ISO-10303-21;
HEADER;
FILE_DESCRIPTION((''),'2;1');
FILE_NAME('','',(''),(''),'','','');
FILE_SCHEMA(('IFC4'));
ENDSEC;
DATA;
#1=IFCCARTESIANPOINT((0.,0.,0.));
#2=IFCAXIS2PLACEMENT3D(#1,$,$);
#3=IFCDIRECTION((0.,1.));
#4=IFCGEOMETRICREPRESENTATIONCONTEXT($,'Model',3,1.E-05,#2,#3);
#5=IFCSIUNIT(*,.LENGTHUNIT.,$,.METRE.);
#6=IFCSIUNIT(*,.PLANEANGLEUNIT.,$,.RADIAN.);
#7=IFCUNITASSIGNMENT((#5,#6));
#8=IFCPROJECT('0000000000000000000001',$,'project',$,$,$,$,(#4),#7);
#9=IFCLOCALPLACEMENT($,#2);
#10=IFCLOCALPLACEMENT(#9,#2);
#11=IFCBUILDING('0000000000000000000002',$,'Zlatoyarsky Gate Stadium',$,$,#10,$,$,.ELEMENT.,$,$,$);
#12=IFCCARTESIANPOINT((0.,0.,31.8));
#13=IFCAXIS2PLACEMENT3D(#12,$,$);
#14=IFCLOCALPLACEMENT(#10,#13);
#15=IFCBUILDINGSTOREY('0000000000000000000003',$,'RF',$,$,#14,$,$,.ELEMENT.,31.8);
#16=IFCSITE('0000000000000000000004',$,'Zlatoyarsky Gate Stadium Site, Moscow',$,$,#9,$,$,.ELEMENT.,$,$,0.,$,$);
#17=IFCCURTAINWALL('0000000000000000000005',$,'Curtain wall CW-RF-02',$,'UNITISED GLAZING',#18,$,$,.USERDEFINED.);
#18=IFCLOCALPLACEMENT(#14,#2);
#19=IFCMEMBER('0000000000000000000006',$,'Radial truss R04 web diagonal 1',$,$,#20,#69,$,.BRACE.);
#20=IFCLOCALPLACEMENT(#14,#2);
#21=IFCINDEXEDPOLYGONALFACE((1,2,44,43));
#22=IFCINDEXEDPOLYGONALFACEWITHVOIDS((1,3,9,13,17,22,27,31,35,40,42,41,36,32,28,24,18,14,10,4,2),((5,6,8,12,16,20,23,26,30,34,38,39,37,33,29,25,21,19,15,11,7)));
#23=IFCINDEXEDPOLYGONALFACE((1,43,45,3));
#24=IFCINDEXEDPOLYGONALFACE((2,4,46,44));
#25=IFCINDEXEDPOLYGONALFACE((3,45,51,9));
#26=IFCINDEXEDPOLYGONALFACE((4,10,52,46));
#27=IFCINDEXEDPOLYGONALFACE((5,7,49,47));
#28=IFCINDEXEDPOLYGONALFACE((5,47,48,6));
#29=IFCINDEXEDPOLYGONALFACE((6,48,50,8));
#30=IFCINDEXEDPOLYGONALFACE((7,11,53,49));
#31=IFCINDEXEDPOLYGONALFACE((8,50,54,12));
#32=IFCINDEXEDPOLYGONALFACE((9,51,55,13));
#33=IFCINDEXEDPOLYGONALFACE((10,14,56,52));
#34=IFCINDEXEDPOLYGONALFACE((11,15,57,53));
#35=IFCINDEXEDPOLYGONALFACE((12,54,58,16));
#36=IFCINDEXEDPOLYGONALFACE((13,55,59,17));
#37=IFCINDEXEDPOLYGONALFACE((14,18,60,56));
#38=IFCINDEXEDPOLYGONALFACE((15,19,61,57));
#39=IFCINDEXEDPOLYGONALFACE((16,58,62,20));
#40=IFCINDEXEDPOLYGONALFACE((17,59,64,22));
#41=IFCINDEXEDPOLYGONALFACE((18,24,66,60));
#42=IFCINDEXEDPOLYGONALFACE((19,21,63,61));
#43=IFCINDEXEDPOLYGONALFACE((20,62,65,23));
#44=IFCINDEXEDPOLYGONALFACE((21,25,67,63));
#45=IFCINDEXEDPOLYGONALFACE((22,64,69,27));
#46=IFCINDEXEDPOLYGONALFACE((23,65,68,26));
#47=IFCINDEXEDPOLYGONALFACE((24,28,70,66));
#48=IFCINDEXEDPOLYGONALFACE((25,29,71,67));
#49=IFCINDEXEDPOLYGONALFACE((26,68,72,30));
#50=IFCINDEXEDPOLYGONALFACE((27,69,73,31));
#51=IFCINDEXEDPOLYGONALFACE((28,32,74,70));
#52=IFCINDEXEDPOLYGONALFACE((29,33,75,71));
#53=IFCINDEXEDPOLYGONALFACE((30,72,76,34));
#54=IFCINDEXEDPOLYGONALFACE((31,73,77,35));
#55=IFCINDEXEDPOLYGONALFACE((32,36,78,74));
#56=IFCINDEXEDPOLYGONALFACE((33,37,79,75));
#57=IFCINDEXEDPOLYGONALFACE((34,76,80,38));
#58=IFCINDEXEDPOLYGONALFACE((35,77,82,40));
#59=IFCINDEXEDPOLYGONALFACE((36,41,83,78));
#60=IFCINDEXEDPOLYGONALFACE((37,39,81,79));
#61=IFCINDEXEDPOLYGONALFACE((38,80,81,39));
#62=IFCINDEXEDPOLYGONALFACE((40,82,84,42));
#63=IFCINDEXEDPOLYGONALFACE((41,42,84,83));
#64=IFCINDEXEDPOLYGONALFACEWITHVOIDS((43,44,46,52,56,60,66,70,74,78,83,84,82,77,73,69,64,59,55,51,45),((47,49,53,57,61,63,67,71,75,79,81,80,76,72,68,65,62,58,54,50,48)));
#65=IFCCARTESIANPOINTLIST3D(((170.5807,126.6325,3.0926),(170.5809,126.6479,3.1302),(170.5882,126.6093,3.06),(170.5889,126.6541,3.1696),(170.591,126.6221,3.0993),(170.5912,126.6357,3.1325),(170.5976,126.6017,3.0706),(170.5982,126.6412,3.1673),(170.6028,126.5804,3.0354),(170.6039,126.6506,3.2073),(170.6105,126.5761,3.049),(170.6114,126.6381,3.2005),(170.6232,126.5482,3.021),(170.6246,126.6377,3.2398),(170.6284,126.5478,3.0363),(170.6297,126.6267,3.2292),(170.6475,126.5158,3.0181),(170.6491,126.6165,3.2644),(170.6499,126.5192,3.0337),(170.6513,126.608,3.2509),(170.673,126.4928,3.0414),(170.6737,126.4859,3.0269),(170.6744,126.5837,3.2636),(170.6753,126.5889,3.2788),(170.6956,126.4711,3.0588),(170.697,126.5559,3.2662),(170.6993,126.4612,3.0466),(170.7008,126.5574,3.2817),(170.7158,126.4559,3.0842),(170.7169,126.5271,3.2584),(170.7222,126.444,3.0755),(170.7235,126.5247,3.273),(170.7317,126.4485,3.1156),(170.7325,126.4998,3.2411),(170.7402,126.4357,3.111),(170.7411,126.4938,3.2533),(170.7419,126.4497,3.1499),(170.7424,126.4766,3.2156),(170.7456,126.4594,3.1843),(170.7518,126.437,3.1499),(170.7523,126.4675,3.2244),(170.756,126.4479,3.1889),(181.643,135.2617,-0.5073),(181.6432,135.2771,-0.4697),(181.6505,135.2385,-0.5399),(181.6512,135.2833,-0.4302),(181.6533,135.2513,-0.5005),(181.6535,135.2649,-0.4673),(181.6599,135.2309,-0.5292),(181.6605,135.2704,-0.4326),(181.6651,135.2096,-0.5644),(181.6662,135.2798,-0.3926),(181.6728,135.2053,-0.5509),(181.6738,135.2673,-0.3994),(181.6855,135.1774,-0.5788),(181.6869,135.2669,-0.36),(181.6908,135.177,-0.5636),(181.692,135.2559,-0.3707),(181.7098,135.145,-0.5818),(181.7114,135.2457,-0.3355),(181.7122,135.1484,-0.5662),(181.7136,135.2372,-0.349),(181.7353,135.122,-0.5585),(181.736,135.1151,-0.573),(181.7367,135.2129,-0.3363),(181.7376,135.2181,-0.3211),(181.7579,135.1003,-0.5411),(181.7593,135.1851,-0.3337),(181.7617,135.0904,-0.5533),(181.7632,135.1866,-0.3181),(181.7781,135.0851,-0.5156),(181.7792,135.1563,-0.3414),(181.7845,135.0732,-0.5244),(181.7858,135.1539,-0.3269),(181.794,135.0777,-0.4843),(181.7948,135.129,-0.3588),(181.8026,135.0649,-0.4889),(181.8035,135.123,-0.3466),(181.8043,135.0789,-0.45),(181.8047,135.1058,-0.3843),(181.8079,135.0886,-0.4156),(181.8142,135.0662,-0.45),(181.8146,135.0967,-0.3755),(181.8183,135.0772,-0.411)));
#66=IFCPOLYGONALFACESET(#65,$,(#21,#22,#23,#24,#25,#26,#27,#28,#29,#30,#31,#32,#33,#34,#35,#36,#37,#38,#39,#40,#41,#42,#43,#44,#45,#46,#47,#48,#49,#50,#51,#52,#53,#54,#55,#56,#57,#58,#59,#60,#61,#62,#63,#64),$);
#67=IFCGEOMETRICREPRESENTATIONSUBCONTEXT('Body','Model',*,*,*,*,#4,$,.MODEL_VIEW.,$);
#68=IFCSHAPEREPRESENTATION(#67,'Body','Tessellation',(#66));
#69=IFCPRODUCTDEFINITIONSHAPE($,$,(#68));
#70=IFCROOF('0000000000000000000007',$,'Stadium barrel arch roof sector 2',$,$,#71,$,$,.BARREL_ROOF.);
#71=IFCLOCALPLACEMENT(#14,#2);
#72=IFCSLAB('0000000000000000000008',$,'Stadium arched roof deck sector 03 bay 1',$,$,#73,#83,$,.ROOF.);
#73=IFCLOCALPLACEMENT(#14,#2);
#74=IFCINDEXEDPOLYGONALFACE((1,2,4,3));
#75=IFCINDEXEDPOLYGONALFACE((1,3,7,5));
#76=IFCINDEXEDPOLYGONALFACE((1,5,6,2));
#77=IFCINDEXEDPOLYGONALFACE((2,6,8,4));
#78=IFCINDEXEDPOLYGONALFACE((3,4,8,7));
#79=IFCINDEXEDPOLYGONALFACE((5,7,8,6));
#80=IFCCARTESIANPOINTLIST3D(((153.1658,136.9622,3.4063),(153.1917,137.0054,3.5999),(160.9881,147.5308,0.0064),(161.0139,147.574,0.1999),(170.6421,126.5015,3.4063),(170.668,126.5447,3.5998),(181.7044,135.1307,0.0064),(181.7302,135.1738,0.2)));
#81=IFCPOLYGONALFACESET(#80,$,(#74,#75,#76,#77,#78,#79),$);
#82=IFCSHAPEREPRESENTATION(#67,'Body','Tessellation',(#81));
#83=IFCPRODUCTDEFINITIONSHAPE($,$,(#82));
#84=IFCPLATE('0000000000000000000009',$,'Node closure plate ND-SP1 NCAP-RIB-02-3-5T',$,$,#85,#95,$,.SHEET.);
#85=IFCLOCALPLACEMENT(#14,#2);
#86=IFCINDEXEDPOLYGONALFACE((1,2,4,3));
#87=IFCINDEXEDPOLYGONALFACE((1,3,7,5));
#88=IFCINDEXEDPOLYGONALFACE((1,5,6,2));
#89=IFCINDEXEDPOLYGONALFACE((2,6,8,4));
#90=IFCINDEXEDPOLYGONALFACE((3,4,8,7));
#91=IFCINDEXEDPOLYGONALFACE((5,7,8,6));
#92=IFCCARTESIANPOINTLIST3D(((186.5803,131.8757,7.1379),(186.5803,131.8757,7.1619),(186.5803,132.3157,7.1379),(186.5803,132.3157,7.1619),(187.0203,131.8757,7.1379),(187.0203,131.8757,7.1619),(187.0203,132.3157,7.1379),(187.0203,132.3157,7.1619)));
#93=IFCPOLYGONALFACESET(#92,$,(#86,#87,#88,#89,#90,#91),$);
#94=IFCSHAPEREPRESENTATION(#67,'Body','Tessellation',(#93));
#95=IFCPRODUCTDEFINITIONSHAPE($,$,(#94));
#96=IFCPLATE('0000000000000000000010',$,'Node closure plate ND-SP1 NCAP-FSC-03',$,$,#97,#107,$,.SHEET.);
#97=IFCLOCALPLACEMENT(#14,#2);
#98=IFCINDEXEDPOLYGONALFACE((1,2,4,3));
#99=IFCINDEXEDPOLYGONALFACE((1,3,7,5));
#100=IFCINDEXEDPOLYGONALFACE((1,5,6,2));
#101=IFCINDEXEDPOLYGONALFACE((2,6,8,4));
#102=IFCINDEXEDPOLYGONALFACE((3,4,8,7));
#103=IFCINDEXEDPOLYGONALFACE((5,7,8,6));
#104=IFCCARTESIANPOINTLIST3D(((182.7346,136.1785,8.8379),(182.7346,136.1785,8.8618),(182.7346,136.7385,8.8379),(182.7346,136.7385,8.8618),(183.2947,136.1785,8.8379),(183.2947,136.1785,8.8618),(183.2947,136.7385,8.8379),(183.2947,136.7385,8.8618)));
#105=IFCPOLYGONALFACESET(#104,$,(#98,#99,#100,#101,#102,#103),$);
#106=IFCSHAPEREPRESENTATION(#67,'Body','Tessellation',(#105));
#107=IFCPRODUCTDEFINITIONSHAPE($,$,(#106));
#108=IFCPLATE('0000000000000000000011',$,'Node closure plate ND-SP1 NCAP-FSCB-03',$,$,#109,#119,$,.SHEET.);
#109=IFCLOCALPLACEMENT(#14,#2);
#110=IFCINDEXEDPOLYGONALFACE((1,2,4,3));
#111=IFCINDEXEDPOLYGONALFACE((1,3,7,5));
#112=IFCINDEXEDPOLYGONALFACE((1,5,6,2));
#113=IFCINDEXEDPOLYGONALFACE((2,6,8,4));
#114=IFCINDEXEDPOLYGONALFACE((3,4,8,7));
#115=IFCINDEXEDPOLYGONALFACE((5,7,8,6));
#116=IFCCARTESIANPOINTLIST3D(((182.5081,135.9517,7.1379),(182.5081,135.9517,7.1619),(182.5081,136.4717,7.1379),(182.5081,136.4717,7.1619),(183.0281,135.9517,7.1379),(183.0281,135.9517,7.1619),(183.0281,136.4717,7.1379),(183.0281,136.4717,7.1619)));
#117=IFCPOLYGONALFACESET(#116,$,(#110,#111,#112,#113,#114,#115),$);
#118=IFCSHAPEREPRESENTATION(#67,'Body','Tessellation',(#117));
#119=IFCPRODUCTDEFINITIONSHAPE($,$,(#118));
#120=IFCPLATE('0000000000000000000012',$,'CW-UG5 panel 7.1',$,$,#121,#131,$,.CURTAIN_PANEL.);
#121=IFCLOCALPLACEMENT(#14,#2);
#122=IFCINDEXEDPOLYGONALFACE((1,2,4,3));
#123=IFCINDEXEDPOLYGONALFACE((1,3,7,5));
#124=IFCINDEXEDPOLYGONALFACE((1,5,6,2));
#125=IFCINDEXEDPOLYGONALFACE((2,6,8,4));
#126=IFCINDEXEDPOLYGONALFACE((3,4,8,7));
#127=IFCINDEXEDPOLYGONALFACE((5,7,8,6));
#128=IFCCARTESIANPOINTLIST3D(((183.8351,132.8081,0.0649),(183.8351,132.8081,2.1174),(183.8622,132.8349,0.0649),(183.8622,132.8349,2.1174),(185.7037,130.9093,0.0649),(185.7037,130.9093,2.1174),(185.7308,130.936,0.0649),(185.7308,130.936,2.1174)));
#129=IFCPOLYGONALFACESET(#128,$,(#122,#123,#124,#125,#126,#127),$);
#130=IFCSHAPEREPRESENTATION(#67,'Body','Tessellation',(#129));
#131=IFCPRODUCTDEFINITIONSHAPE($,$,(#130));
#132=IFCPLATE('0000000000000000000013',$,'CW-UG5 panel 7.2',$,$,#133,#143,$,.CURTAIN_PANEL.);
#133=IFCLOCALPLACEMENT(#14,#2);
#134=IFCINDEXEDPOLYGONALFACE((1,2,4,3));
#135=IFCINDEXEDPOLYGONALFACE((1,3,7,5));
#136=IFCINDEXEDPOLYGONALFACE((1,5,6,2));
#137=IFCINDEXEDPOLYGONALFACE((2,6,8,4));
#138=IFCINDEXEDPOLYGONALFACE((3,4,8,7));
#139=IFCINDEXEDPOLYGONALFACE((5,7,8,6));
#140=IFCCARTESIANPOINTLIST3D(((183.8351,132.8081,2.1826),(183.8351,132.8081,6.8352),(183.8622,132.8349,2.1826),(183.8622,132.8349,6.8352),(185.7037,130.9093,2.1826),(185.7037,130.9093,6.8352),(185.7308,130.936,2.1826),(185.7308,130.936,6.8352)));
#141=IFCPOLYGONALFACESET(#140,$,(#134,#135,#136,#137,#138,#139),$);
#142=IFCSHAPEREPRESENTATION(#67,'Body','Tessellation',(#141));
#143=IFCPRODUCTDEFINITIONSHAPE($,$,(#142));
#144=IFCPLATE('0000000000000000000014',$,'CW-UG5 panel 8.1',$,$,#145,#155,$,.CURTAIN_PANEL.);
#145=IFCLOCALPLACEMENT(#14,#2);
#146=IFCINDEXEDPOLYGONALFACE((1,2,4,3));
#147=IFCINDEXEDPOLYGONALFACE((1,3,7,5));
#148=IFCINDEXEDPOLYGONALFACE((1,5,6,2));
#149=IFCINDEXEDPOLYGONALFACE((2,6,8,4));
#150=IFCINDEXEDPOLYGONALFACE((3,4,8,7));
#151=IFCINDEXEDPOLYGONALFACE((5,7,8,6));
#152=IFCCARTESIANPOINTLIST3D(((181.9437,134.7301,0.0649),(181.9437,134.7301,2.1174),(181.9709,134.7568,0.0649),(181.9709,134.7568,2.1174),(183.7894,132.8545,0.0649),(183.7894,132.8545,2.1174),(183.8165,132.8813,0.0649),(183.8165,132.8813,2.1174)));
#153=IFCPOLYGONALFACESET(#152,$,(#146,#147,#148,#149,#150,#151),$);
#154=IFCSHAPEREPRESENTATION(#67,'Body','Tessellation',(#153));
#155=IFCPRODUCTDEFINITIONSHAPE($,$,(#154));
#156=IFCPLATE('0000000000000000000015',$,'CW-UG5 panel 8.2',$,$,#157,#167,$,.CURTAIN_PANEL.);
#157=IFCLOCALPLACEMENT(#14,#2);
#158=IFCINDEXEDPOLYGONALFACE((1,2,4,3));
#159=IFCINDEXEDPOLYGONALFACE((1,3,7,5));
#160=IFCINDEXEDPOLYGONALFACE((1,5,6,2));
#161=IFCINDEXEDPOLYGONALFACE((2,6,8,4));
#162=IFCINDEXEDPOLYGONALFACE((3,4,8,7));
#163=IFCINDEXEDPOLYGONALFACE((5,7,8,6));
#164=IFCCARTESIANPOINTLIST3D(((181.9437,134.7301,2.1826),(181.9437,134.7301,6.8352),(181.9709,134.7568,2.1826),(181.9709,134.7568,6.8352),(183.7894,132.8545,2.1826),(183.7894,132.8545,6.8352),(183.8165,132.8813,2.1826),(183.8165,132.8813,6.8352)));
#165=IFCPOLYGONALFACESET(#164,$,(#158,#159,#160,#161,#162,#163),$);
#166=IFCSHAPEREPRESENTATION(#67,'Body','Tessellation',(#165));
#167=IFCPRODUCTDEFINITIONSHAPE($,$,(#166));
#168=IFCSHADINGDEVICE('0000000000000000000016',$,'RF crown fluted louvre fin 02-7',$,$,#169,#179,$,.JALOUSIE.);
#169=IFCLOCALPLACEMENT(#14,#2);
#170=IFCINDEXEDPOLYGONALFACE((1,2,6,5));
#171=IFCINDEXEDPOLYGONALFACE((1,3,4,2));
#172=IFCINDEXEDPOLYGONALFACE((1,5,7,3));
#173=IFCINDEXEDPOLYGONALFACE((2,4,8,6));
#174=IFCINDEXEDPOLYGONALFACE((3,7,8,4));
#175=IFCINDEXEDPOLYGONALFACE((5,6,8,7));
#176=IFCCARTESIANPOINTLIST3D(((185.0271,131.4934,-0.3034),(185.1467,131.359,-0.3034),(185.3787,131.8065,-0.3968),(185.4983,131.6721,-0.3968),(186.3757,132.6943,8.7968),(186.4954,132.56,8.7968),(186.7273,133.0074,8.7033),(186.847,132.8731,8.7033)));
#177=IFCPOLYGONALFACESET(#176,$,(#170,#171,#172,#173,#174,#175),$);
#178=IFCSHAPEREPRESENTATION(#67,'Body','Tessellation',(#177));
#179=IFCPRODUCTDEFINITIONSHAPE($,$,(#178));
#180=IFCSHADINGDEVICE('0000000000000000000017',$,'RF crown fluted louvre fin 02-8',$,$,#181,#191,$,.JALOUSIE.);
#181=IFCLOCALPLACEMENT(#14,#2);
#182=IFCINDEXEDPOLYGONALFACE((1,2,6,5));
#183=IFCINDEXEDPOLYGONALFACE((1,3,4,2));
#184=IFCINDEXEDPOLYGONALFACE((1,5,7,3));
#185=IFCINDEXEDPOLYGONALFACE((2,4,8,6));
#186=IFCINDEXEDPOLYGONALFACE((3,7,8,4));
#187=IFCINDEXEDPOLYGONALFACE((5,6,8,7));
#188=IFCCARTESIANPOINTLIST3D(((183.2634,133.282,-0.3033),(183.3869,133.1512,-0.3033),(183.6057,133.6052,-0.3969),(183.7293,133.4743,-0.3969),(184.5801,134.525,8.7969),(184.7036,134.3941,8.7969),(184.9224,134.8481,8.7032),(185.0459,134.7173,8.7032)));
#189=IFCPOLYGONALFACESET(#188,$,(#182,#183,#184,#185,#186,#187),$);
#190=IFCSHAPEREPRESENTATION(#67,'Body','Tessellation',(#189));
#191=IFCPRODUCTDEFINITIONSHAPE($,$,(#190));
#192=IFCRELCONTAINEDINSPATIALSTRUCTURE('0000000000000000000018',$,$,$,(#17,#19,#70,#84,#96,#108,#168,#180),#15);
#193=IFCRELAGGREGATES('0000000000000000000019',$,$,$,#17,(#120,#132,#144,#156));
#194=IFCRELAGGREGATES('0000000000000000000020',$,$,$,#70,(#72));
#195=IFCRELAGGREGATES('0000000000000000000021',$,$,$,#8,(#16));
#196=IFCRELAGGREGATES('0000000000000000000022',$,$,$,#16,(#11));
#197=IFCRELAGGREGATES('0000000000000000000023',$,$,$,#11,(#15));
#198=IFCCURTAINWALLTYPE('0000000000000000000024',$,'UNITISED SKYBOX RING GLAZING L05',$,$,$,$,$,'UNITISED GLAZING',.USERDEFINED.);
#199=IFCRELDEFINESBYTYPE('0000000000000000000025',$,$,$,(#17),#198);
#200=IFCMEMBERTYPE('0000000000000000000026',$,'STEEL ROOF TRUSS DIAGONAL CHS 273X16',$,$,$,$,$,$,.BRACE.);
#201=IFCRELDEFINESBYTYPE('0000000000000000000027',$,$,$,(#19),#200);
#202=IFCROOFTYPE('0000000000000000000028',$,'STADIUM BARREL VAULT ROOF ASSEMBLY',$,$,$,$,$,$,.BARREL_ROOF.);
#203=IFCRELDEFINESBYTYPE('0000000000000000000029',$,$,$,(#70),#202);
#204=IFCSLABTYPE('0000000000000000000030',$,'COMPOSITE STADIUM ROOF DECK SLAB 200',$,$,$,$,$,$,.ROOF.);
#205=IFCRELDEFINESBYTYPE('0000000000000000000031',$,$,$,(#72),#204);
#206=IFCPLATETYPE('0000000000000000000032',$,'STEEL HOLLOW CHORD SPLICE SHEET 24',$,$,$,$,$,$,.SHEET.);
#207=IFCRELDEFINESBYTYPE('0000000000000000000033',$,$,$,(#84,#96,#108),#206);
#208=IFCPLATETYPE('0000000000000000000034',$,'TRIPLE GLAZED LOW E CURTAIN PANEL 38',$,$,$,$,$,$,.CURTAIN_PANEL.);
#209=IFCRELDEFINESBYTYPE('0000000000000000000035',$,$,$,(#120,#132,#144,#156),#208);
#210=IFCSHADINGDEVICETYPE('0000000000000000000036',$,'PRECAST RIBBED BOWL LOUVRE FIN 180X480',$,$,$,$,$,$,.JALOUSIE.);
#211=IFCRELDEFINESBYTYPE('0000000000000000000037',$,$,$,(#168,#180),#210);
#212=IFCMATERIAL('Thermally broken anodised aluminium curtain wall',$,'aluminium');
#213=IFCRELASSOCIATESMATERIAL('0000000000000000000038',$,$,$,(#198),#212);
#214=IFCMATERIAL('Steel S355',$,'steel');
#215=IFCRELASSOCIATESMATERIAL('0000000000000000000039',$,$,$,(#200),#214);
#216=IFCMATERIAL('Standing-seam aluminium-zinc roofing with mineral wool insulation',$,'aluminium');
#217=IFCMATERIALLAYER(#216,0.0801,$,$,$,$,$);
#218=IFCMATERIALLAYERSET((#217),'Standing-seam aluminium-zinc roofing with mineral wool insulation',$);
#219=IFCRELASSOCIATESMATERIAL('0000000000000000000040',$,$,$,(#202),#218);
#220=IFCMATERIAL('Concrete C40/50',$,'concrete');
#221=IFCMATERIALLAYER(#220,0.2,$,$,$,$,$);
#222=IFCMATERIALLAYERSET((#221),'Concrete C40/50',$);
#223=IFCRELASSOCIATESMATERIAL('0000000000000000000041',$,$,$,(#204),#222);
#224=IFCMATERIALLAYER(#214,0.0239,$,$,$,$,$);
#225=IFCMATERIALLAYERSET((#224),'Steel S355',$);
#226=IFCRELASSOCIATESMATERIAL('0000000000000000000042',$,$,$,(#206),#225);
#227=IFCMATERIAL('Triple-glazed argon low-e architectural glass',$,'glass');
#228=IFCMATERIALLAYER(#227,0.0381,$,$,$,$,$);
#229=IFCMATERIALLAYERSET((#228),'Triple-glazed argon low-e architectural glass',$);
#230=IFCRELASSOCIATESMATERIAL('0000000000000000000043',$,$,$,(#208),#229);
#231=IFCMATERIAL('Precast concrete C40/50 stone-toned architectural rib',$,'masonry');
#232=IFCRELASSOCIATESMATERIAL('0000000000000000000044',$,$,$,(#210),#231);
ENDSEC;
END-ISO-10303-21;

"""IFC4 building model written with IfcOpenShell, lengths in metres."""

from ifc_helpers import new_model, si_unit, direction, frame, origin, origin_2d, place, context, subcontext, project, spatial, polyline, rectangle, hollow_circle, outline, extrude, material, layer, layer_set, material_profile, profile_set, type_object, element, aggregate, save


model = new_model("IFC4")

# Units and contexts
model_context = context("Model", 3, precision=1e-05, world=origin(), true_north=direction((0.0, 1.0)))
body_context = subcontext(model_context, "Body", "Model", "MODEL_VIEW")
ifc_project = project(units=[si_unit("LENGTHUNIT", "METRE"), si_unit("PLANEANGLEUNIT", "RADIAN")], contexts=[model_context])

# Site, building, storey
site_placement = place(None, origin())
site = spatial("IfcSite", under=ifc_project, at=site_placement, Name="Zlatoyarsky Gate Stadium Site, Moscow", CompositionType="ELEMENT", RefElevation=0.0)
building_placement = place(site_placement, origin())
building = spatial("IfcBuilding", under=site, at=building_placement, Name="Zlatoyarsky Gate Stadium", CompositionType="ELEMENT")
storey_placement = place(building_placement, frame((0.0, 0.0, 31.8)))
storey = spatial("IfcBuildingStorey", under=building, at=storey_placement, Name="RF", CompositionType="ELEMENT", Elevation=31.8)

# Curtain wall
ifc_material_1 = material(Name="Thermally broken anodised aluminium curtain wall", Category="aluminium")
curtain_wall_type = type_object("IfcCurtainWallType", Name="UNITISED SKYBOX RING GLAZING L05", ElementType="UNITISED GLAZING", PredefinedType="USERDEFINED", material=ifc_material_1)
curtain_wall_placement = place(storey_placement, origin())
curtain_wall = element("IfcCurtainWall", 1, at=curtain_wall_placement, inside=storey, type_object=curtain_wall_type, Name="Curtain wall CW-RF-02", ObjectType="UNITISED GLAZING", PredefinedType="USERDEFINED")

# Shared definitions
ifc_material_2 = material(Name="Steel S355", Category="steel")

# Member
ifc_material_profile_1 = material_profile(ifc_material_2, hollow_circle(Radius=0.1365, WallThickness=0.0161, at=origin_2d()), Name="CHS 273X16")
ifc_profile_set_1 = profile_set([ifc_material_profile_1], Name="Steel S355")
member_type_1 = type_object("IfcMemberType", Name="STEEL ROOF TRUSS DIAGONAL CHS 273X16", PredefinedType="BRACE", material=ifc_profile_set_1)
member_1_placement = place(storey_placement, frame((181.7302, 135.1738, -0.45), z_axis=(-0.763742, -0.595759, 0.248535), x_axis=(0.615058, -0.788482, 0.0)))
element("IfcMember", 2, at=member_1_placement, inside=storey, type_object=member_type_1, Name="Radial truss R04 web diagonal 1", PredefinedType="BRACE", context=body_context, shape_type="SweptSolid", body=[
    extrude(hollow_circle(Radius=0.1365, WallThickness=0.0161, at=origin_2d()), origin(), (0.0, 0.0, 1.0), 14.4844),
])

# Roof, slab
ifc_material_3 = material(Name="Standing-seam aluminium-zinc roofing with mineral wool insulation", Category="aluminium")
ifc_layer_1 = layer(ifc_material_3, 0.0801)
ifc_layer_set_1 = layer_set([ifc_layer_1], Name="Standing-seam aluminium-zinc roofing with mineral wool insulation")
roof_type = type_object("IfcRoofType", Name="STADIUM BARREL VAULT ROOF ASSEMBLY", PredefinedType="BARREL_ROOF", material=ifc_layer_set_1)
roof_placement = place(storey_placement, origin())
roof = element("IfcRoof", 3, at=roof_placement, inside=storey, type_object=roof_type, Name="Stadium barrel arch roof sector 2", PredefinedType="BARREL_ROOF")
ifc_material_4 = material(Name="Concrete C40/50", Category="concrete")
ifc_layer_2 = layer(ifc_material_4, 0.2)
ifc_layer_set_2 = layer_set([ifc_layer_2], Name="Concrete C40/50")
slab_type = type_object("IfcSlabType", Name="COMPOSITE STADIUM ROOF DECK SLAB 200", PredefinedType="ROOF", material=ifc_layer_set_2)
slab_placement = place(storey_placement, frame((181.7302, 135.1738, 0.2), z_axis=(0.129153, 0.21577, 0.967865), x_axis=(-0.858034, 0.513593, 0.0)))
slab = element("IfcSlab", 4, at=slab_placement, type_object=slab_type, Name="Stadium arched roof deck sector 03 bay 1", PredefinedType="ROOF", context=body_context, shape_type="SweptSolid", body=[
    extrude(outline(polyline([(0.0, 0.0), (24.1439, 0.0), (25.4277, 13.5201), (5.0599, 13.5201), (0.0, 0.0)])), origin(), (0.0, 0.0, -1.0), 0.2),
])

# Plates
ifc_layer_3 = layer(ifc_material_2, 0.0239)
ifc_layer_set_3 = layer_set([ifc_layer_3], Name="Steel S355")
plate_type_1 = type_object("IfcPlateType", Name="STEEL HOLLOW CHORD SPLICE SHEET 24", PredefinedType="SHEET", material=ifc_layer_set_3)
plate_1_placement = place(storey_placement, frame((186.8003, 132.0957, 7.1379), z_axis=(0.0, 0.0, 1.0), x_axis=(1.0, 0.0, 0.0)))
element("IfcPlate", 5, at=plate_1_placement, inside=storey, type_object=plate_type_1, Name="Node closure plate ND-SP1 NCAP-RIB-02-3-5T", PredefinedType="SHEET", context=body_context, shape_type="SweptSolid", body=[
    extrude(rectangle(XDim=0.4399, YDim=0.4399, at=origin_2d()), origin(), (0.0, 0.0, 1.0), 0.0239),
])
plate_2_placement = place(storey_placement, frame((183.0146, 136.4585, 8.8379), z_axis=(0.0, 0.0, 1.0), x_axis=(1.0, 0.0, 0.0)))
element("IfcPlate", 6, at=plate_2_placement, inside=storey, type_object=plate_type_1, Name="Node closure plate ND-SP1 NCAP-FSC-03", PredefinedType="SHEET", context=body_context, shape_type="SweptSolid", body=[
    extrude(rectangle(XDim=0.5601, YDim=0.5601, at=origin_2d()), origin(), (0.0, 0.0, 1.0), 0.0239),
])
plate_3_placement = place(storey_placement, frame((182.7681, 136.2117, 7.1379), z_axis=(0.0, 0.0, 1.0), x_axis=(1.0, 0.0, 0.0)))
element("IfcPlate", 7, at=plate_3_placement, inside=storey, type_object=plate_type_1, Name="Node closure plate ND-SP1 NCAP-FSCB-03", PredefinedType="SHEET", context=body_context, shape_type="SweptSolid", body=[
    extrude(rectangle(XDim=0.52, YDim=0.52, at=origin_2d()), origin(), (0.0, 0.0, 1.0), 0.0239),
])

# Plates
ifc_material_5 = material(Name="Triple-glazed argon low-e architectural glass", Category="glass")
ifc_layer_4 = layer(ifc_material_5, 0.0381)
ifc_layer_set_4 = layer_set([ifc_layer_4], Name="Triple-glazed argon low-e architectural glass")
plate_type_2 = type_object("IfcPlateType", Name="TRIPLE GLAZED LOW E CURTAIN PANEL 38", PredefinedType="CURTAIN_PANEL", material=ifc_layer_set_4)
plate_4_placement = place(storey_placement, frame((184.783, 131.8721, 0.0649), z_axis=(0.0, 0.0, 1.0), x_axis=(-0.701402, 0.712766, 0.0)))
plate_4 = element("IfcPlate", 8, at=plate_4_placement, type_object=plate_type_2, Name="CW-UG5 panel 7.1", PredefinedType="CURTAIN_PANEL", context=body_context, shape_type="SweptSolid", body=[
    extrude(rectangle(XDim=2.6641, YDim=0.0381, at=origin_2d()), origin(), (0.0, 0.0, 1.0), 2.0525),
])
plate_5_placement = place(storey_placement, frame((184.783, 131.8721, 2.1826), z_axis=(0.0, 0.0, 1.0), x_axis=(-0.701402, 0.712766, 0.0)))
plate_5 = element("IfcPlate", 9, at=plate_5_placement, type_object=plate_type_2, Name="CW-UG5 panel 7.2", PredefinedType="CURTAIN_PANEL", context=body_context, shape_type="SweptSolid", body=[
    extrude(rectangle(XDim=2.6641, YDim=0.0381, at=origin_2d()), origin(), (0.0, 0.0, 1.0), 4.6526),
])
plate_6_placement = place(storey_placement, frame((182.8801, 133.8057, 0.0649), z_axis=(0.0, 0.0, 1.0), x_axis=(-0.701402, 0.712766, 0.0)))
plate_6 = element("IfcPlate", 10, at=plate_6_placement, type_object=plate_type_2, Name="CW-UG5 panel 8.1", PredefinedType="CURTAIN_PANEL", context=body_context, shape_type="SweptSolid", body=[
    extrude(rectangle(XDim=2.6313, YDim=0.0381, at=origin_2d()), origin(), (0.0, 0.0, 1.0), 2.0525),
])
plate_7_placement = place(storey_placement, frame((182.8801, 133.8057, 2.1826), z_axis=(0.0, 0.0, 1.0), x_axis=(-0.701402, 0.712766, 0.0)))
plate_7 = element("IfcPlate", 11, at=plate_7_placement, type_object=plate_type_2, Name="CW-UG5 panel 8.2", PredefinedType="CURTAIN_PANEL", context=body_context, shape_type="SweptSolid", body=[
    extrude(rectangle(XDim=2.6313, YDim=0.0381, at=origin_2d()), origin(), (0.0, 0.0, 1.0), 4.6526),
])
aggregate(curtain_wall, [plate_4, plate_5, plate_6, plate_7])

# Shading devices
ifc_material_6 = material(Name="Precast concrete C40/50 stone-toned architectural rib", Category="masonry")
ifc_material_profile_2 = material_profile(ifc_material_6, rectangle(XDim=0.1799, YDim=0.48, at=origin_2d()), Name="RIB 180X480")
ifc_profile_set_2 = profile_set([ifc_material_profile_2], Name="Precast concrete C40/50 stone-toned architectural rib")
shading_device_type = type_object("IfcShadingDeviceType", Name="PRECAST RIBBED BOWL LOUVRE FIN 180X480", PredefinedType="JALOUSIE", material=ifc_profile_set_2)
shading_device_1_placement = place(storey_placement, frame((185.2627, 131.5828, -0.3501), z_axis=(0.145365, 0.129445, 0.980874), x_axis=(-0.665027, 0.74682, 0.0)))
element("IfcShadingDevice", 12, at=shading_device_1_placement, inside=storey, type_object=shading_device_type, Name="RF crown fluted louvre fin 02-7", PredefinedType="JALOUSIE", context=body_context, shape_type="SweptSolid", body=[
    extrude(rectangle(XDim=0.1799, YDim=0.48, at=origin_2d()), origin(), (0.0, 0.0, 1.0), 9.2776),
])
shading_device_2_placement = place(storey_placement, frame((183.4963, 133.3782, -0.3501), z_axis=(0.141904, 0.133957, 0.980775), x_axis=(-0.686453, 0.727174, 0.0)))
element("IfcShadingDevice", 13, at=shading_device_2_placement, inside=storey, type_object=shading_device_type, Name="RF crown fluted louvre fin 02-8", PredefinedType="JALOUSIE", context=body_context, shape_type="SweptSolid", body=[
    extrude(rectangle(XDim=0.1799, YDim=0.48, at=origin_2d()), origin(), (0.0, 0.0, 1.0), 9.2786),
])

aggregate(roof, [slab])

save(model, "model.ifc")
